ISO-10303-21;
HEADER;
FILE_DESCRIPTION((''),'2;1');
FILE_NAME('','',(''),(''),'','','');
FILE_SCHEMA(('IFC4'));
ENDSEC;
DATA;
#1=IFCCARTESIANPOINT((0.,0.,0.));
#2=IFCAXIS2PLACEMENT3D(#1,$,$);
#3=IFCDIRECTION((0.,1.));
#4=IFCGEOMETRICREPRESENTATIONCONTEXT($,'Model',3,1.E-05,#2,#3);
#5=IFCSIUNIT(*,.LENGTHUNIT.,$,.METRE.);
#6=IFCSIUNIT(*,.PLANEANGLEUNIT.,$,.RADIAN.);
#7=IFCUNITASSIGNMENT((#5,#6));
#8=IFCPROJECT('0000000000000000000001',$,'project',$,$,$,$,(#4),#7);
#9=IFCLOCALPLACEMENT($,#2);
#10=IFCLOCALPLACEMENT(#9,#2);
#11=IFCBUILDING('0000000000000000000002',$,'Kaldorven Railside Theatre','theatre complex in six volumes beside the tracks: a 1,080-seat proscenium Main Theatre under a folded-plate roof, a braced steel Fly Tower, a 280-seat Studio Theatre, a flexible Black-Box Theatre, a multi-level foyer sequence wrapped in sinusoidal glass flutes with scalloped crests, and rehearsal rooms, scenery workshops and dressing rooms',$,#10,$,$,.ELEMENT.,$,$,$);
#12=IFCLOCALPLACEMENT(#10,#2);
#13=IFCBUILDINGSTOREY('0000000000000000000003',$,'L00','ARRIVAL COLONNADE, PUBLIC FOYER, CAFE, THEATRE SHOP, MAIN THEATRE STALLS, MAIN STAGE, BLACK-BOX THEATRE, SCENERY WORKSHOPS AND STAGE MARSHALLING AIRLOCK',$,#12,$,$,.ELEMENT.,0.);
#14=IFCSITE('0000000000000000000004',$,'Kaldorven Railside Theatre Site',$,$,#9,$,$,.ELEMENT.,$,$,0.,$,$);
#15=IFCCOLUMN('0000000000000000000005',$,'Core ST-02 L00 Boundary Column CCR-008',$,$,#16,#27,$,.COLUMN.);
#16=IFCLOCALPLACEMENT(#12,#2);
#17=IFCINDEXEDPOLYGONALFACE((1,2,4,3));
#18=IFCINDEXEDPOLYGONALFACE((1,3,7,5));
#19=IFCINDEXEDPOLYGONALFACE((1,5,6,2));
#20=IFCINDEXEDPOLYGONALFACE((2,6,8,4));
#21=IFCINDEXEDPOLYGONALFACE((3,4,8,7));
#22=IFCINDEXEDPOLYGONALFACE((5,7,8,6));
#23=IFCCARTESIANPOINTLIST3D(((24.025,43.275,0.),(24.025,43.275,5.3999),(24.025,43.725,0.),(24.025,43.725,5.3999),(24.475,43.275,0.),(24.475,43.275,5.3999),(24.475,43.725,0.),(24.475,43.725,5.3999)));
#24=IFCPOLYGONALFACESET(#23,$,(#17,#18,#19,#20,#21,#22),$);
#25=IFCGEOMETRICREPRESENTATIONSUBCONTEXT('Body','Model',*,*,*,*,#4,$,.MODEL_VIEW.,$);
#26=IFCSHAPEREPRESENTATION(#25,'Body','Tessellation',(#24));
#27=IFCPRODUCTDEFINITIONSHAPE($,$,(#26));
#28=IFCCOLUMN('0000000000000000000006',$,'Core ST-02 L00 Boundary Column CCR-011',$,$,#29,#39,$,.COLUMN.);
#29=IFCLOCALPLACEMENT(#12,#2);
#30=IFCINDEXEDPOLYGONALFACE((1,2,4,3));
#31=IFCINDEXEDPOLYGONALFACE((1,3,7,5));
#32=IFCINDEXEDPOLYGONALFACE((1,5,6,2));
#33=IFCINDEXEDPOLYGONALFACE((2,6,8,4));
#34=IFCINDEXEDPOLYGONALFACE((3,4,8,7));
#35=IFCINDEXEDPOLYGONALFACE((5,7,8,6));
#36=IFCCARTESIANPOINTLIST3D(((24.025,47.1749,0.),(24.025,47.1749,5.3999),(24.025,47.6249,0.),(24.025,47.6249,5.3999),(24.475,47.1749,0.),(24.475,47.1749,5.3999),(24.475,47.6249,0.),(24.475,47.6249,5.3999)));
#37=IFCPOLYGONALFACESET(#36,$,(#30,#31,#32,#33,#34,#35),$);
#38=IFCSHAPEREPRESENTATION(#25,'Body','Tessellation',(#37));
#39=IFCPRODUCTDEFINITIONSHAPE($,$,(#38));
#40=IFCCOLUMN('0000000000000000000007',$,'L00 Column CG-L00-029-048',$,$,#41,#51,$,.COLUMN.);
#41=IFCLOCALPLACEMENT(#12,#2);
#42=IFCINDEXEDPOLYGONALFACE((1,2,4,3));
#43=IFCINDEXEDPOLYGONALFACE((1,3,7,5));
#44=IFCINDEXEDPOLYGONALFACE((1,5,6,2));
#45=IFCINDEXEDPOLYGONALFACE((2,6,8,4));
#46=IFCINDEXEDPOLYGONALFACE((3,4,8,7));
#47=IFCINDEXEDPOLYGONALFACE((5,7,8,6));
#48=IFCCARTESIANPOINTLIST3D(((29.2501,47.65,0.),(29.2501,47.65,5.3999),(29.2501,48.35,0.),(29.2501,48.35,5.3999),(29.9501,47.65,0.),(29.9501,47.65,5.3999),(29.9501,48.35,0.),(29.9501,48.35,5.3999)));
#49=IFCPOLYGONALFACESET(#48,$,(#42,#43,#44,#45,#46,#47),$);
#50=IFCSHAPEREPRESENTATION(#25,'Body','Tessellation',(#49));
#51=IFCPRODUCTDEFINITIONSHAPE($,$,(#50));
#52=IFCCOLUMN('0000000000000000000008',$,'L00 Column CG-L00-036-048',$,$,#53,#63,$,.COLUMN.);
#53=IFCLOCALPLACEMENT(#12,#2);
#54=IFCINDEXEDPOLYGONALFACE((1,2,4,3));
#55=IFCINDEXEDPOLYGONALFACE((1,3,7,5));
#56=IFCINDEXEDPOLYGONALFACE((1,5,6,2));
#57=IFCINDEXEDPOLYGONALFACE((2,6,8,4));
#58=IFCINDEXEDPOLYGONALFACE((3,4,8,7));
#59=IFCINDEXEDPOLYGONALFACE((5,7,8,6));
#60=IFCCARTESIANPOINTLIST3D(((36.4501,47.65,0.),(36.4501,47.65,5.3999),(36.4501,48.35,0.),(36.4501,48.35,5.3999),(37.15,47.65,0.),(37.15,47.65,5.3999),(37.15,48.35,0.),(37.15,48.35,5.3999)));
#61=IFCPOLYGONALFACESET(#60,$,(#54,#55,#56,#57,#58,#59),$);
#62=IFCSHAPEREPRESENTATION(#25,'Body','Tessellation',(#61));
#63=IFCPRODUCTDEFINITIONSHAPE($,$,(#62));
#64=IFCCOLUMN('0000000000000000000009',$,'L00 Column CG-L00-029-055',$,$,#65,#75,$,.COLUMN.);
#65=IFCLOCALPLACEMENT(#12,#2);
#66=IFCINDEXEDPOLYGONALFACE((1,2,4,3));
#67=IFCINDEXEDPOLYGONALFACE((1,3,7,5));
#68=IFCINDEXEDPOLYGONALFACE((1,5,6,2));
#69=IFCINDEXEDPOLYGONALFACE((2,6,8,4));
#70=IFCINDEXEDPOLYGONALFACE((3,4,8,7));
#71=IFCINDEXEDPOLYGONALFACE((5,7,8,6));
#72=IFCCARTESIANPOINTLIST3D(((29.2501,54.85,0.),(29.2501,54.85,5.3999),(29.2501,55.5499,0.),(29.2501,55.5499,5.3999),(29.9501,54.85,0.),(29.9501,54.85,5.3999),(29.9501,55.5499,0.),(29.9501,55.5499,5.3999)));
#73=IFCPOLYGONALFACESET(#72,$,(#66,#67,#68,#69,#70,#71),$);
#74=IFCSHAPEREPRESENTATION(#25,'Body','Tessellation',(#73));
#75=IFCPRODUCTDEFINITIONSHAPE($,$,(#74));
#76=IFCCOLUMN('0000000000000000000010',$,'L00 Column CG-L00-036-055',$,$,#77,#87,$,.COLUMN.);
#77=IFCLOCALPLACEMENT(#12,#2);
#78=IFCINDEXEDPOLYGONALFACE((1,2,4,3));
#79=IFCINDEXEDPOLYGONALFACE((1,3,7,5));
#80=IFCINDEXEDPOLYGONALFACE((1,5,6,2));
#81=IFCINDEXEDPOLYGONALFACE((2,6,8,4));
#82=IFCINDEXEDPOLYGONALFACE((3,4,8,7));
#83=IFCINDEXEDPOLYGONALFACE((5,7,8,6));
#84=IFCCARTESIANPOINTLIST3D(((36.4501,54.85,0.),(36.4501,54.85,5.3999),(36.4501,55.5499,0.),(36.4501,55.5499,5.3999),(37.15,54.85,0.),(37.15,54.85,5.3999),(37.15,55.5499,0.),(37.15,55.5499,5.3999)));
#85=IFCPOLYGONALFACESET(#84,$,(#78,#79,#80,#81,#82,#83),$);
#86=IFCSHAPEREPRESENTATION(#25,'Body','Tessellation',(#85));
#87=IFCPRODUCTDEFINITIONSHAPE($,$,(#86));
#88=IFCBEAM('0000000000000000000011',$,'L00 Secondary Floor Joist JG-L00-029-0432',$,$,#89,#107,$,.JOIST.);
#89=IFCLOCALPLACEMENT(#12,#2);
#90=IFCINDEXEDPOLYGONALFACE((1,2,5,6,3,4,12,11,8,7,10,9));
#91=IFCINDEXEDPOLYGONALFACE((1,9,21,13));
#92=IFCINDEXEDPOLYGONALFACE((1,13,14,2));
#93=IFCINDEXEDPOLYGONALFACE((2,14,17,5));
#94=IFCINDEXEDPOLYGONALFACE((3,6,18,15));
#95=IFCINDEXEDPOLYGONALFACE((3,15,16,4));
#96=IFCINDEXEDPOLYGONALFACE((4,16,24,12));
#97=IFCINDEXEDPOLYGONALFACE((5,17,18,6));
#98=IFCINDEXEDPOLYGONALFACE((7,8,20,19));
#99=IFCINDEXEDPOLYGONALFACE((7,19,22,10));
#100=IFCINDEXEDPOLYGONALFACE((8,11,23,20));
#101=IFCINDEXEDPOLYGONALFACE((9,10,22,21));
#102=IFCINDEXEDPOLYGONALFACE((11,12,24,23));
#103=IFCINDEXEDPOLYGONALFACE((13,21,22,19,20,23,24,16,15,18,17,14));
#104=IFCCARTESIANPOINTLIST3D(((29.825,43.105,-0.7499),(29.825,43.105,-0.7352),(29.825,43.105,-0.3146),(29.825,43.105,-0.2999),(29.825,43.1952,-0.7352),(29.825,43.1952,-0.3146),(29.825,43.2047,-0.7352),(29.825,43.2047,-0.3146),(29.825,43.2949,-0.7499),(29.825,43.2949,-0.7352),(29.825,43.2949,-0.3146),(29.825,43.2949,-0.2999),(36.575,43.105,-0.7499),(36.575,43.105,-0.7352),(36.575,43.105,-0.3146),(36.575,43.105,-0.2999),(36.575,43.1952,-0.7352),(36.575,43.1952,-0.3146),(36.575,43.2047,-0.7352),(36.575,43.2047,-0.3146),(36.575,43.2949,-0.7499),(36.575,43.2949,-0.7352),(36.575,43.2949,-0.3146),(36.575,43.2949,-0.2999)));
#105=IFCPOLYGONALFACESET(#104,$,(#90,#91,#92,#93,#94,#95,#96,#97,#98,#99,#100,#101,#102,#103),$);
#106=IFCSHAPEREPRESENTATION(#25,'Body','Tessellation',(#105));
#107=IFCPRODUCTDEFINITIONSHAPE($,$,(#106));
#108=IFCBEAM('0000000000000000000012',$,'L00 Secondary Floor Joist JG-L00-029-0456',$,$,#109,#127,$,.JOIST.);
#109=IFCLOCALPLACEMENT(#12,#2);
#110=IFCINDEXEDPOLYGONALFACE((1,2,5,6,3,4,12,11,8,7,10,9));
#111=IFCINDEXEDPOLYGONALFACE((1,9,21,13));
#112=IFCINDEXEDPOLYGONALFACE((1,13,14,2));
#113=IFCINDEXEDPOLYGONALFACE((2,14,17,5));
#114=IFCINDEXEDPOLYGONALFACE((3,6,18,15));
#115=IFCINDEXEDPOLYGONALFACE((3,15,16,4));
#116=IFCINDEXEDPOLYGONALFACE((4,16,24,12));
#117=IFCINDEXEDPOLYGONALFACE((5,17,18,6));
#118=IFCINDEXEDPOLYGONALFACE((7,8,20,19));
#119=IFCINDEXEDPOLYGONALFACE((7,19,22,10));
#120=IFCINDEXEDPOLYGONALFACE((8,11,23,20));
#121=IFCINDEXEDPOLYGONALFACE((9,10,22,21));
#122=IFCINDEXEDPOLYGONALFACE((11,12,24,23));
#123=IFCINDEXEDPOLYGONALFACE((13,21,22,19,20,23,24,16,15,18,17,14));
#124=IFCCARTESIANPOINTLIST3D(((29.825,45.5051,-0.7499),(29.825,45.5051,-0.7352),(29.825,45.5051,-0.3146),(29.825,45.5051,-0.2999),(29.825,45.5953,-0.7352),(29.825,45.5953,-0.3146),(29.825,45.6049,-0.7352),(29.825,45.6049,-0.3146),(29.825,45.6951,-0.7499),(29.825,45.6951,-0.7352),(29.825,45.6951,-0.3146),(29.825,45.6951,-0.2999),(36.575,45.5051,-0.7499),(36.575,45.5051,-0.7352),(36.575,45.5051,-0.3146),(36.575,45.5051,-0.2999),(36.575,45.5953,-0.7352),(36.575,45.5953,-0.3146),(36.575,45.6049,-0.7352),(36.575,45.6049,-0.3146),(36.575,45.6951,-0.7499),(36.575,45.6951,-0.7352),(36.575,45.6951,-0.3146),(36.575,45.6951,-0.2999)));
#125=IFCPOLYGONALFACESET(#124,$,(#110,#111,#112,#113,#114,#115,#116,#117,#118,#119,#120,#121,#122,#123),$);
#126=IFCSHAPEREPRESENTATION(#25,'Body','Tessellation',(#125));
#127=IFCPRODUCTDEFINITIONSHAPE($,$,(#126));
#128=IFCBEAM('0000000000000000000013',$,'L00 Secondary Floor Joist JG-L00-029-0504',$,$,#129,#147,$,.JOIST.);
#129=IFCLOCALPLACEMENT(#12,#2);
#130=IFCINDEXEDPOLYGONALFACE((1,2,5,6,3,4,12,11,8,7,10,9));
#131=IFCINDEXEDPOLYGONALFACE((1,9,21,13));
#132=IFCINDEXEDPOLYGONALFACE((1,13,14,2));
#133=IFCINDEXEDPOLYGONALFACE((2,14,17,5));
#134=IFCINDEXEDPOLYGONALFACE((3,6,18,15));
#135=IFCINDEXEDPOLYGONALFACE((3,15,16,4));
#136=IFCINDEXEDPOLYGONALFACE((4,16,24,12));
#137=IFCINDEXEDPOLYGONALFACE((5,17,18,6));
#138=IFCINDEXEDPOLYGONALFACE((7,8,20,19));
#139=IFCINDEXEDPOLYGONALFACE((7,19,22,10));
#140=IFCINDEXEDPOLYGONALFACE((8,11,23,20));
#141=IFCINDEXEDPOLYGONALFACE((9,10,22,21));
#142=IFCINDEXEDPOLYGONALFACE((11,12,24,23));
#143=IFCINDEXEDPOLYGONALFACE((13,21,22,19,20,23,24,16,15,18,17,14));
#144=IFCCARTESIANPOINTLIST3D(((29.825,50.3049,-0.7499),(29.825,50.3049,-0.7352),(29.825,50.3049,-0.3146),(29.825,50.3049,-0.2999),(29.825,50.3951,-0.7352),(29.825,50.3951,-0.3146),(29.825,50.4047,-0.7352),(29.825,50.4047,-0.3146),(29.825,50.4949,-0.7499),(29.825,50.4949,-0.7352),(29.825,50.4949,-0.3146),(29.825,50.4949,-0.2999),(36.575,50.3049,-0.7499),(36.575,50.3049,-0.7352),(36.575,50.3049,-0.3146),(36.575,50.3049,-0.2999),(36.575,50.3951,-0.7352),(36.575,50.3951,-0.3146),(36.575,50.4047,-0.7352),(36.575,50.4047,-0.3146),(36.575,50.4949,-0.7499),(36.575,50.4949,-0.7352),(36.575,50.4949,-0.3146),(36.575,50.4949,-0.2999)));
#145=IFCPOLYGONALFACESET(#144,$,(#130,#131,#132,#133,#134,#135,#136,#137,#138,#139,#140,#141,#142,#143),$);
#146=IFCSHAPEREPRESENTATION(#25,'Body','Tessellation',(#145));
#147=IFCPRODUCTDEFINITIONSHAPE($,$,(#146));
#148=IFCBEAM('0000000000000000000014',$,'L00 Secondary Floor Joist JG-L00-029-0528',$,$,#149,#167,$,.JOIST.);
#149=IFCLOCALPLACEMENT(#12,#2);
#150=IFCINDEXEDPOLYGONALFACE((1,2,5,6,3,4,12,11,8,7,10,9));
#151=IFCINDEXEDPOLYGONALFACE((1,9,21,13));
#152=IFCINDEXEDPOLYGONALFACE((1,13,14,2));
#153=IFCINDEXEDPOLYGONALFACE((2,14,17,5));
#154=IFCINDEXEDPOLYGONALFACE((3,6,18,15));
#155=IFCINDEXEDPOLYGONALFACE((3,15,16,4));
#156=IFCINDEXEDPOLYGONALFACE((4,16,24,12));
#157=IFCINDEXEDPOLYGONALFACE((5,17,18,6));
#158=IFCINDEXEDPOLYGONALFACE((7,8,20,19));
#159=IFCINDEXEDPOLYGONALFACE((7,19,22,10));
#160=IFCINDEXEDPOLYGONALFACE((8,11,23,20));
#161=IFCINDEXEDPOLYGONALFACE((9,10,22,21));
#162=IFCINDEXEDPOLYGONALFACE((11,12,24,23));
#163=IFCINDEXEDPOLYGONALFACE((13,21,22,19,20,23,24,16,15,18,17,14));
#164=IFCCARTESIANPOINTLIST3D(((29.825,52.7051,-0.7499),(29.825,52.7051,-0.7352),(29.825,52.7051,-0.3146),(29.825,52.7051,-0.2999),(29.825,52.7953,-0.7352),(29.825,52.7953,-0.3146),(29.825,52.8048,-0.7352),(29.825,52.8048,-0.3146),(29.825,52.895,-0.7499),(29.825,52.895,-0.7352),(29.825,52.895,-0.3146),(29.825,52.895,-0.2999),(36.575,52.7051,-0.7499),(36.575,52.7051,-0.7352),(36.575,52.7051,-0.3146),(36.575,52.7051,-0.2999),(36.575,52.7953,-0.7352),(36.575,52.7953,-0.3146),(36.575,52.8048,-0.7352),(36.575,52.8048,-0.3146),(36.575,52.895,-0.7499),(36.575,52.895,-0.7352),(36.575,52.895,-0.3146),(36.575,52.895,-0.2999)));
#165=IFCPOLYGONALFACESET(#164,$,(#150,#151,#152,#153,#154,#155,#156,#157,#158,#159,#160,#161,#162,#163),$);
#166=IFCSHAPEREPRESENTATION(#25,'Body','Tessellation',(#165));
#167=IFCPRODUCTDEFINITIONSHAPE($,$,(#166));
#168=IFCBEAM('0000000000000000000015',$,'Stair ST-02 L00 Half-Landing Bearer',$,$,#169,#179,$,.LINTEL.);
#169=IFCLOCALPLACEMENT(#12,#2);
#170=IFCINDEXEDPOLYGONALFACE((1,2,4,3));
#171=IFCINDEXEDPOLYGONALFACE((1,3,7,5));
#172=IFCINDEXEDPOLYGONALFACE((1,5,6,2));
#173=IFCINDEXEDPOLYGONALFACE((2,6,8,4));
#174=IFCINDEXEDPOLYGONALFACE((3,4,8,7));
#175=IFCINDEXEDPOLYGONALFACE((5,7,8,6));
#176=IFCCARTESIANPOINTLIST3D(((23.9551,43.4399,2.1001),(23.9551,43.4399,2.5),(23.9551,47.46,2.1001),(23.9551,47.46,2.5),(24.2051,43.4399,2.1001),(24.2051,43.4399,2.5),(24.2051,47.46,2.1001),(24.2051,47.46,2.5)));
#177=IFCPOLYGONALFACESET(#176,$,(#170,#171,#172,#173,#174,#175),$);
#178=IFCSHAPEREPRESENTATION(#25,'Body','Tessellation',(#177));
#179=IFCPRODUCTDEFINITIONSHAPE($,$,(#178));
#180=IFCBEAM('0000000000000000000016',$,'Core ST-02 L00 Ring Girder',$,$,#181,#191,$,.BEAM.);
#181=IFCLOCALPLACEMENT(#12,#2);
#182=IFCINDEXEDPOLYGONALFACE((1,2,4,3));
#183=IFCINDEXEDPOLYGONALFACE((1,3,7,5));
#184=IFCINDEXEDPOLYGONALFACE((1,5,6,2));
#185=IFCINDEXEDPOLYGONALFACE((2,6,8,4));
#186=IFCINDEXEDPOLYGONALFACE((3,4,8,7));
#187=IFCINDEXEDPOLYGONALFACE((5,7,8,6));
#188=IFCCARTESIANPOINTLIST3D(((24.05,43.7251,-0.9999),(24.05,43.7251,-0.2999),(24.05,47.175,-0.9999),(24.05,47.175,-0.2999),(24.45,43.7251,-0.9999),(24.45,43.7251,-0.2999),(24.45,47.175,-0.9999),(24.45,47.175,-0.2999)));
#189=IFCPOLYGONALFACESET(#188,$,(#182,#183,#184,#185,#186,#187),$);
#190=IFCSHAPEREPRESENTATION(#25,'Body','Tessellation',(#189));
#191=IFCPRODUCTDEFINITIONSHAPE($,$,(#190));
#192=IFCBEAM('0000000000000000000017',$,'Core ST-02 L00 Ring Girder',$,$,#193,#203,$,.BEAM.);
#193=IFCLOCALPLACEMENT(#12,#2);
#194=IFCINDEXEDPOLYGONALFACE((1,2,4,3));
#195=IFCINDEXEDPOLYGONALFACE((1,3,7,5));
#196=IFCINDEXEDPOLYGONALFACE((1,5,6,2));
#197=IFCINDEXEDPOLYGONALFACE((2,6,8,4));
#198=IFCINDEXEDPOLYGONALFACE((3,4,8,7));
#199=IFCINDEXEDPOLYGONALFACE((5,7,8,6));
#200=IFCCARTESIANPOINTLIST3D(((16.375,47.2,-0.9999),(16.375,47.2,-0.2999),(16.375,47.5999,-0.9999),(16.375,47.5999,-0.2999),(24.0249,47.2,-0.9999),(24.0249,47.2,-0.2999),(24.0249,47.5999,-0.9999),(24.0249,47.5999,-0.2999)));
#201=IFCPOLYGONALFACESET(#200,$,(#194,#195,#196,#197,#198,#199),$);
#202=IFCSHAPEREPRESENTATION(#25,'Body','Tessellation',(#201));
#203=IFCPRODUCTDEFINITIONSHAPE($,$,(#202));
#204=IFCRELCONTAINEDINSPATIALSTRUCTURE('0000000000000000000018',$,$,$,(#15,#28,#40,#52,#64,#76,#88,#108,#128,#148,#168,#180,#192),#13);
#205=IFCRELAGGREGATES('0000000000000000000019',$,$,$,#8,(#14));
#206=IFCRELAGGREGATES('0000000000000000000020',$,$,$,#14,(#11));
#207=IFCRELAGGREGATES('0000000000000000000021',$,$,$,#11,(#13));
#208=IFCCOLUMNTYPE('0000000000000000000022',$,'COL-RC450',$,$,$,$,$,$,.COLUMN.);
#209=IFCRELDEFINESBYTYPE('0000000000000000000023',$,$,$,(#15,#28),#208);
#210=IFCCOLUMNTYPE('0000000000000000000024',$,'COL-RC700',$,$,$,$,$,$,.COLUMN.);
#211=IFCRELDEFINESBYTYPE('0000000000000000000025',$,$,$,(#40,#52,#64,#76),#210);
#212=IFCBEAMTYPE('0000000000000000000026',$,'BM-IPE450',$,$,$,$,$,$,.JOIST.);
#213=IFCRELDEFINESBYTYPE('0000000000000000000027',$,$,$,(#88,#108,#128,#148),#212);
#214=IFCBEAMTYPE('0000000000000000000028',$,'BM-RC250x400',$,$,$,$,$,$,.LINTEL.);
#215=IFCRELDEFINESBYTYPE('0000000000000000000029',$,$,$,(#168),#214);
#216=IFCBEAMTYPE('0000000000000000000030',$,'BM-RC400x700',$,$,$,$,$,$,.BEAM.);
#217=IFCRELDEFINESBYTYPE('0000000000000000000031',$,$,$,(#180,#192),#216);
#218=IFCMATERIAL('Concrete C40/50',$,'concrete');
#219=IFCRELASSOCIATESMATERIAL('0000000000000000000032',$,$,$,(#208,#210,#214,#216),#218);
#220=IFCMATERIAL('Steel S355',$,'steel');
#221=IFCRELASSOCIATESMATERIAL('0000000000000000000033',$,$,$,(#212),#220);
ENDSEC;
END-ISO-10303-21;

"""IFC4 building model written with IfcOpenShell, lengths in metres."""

from ifc_helpers import new_model, si_unit, direction, frame, origin, origin_2d, place, context, subcontext, project, spatial, rectangle, i_section, extrude, material, material_profile, profile_set, type_object, element, save


model = new_model("IFC4")

# Units and contexts
model_context = context("Model", 3, precision=1e-05, world=origin(), true_north=direction((0.0, 1.0)))
body_context = subcontext(model_context, "Body", "Model", "MODEL_VIEW")
ifc_project = project(units=[si_unit("LENGTHUNIT", "METRE"), si_unit("PLANEANGLEUNIT", "RADIAN")], contexts=[model_context])

# Site, building, storey
site_placement = place(None, origin())
site = spatial("IfcSite", under=ifc_project, at=site_placement, Name="Kaldorven Railside Theatre Site", CompositionType="ELEMENT", RefElevation=0.0)
building_placement = place(site_placement, origin())
building = spatial("IfcBuilding", under=site, at=building_placement, Name="Kaldorven Railside Theatre", Description="theatre complex in six volumes beside the tracks: a 1,080-seat proscenium Main Theatre under a folded-plate roof, a braced steel Fly Tower, a 280-seat Studio Theatre, a flexible Black-Box Theatre, a multi-level foyer sequence wrapped in sinusoidal glass flutes with scalloped crests, and rehearsal rooms, scenery workshops and dressing rooms", CompositionType="ELEMENT")
storey_placement = place(building_placement, origin())
storey = spatial("IfcBuildingStorey", under=building, at=storey_placement, Name="L00", Description="ARRIVAL COLONNADE, PUBLIC FOYER, CAFE, THEATRE SHOP, MAIN THEATRE STALLS, MAIN STAGE, BLACK-BOX THEATRE, SCENERY WORKSHOPS AND STAGE MARSHALLING AIRLOCK", CompositionType="ELEMENT", Elevation=0.0)

# Columns
ifc_material_1 = material(Name="Concrete C40/50", Category="concrete")
ifc_material_profile_1 = material_profile(ifc_material_1, rectangle(XDim=0.45, YDim=0.45, at=origin_2d()), Name="RC 450x450")
ifc_profile_set_1 = profile_set([ifc_material_profile_1], Name="Concrete C40/50")
column_type_1 = type_object("IfcColumnType", Name="COL-RC450", PredefinedType="COLUMN", material=ifc_profile_set_1)
for number, where, z_axis, x_axis, name in (
    (1, (24.25, 43.5, 0.0), (0.0, 0.0, 1.0), (1.0, 0.0, 0.0), "Core ST-02 L00 Boundary Column CCR-008"),
    (2, (24.25, 47.3999, 0.0), (0.0, 0.0, 1.0), (1.0, 0.0, 0.0), "Core ST-02 L00 Boundary Column CCR-011"),
):
    element("IfcColumn", number, at=place(storey_placement, frame(where, z_axis=z_axis, x_axis=x_axis)), inside=storey, type_object=column_type_1, Name=name, PredefinedType="COLUMN", context=body_context, shape_type="SweptSolid", body=[
        extrude(rectangle(XDim=0.45, YDim=0.45, at=origin_2d()), origin(), (0.0, 0.0, 1.0), 5.3999),
    ])
ifc_material_profile_2 = material_profile(ifc_material_1, rectangle(XDim=0.7, YDim=0.7, at=origin_2d()), Name="RC 700x700")
ifc_profile_set_2 = profile_set([ifc_material_profile_2], Name="Concrete C40/50")
column_type_2 = type_object("IfcColumnType", Name="COL-RC700", PredefinedType="COLUMN", material=ifc_profile_set_2)
for number, where, z_axis, x_axis, name in (
    (3, (29.6001, 48.0, 0.0), (0.0, 0.0, 1.0), (0.0, 1.0, 0.0), "L00 Column CG-L00-029-048"),
    (4, (36.8, 48.0, 0.0), (0.0, 0.0, 1.0), (1.0, 0.0, 0.0), "L00 Column CG-L00-036-048"),
    (5, (29.6001, 55.2, 0.0), (0.0, 0.0, 1.0), (1.0, 0.0, 0.0), "L00 Column CG-L00-029-055"),
    (6, (36.8, 55.2, 0.0), (0.0, 0.0, 1.0), (1.0, 0.0, 0.0), "L00 Column CG-L00-036-055"),
):
    element("IfcColumn", number, at=place(storey_placement, frame(where, z_axis=z_axis, x_axis=x_axis)), inside=storey, type_object=column_type_2, Name=name, PredefinedType="COLUMN", context=body_context, shape_type="SweptSolid", body=[
        extrude(rectangle(XDim=0.7, YDim=0.7, at=origin_2d()), origin(), (0.0, 0.0, 1.0), 5.3999),
    ])

# Beams
ifc_material_2 = material(Name="Steel S355", Category="steel")
ifc_material_profile_3 = material_profile(ifc_material_2, i_section(OverallWidth=0.1899, OverallDepth=0.45, WebThickness=0.0095, FlangeThickness=0.0146, at=origin_2d()), Name="IPE 450")
ifc_profile_set_3 = profile_set([ifc_material_profile_3], Name="Steel S355")
beam_type_1 = type_object("IfcBeamType", Name="BM-IPE450", PredefinedType="JOIST", material=ifc_profile_set_3)
for number, where, z_axis, x_axis, name in (
    (7, (29.825, 43.2, -0.5249), (1.0, 0.0, 0.0), (0.0, 1.0, 0.0), "L00 Secondary Floor Joist JG-L00-029-0432"),
    (8, (29.825, 45.6001, -0.5249), (1.0, 0.0, 0.0), (0.0, 1.0, 0.0), "L00 Secondary Floor Joist JG-L00-029-0456"),
    (9, (29.825, 50.3999, -0.5249), (1.0, 0.0, 0.0), (0.0, 1.0, 0.0), "L00 Secondary Floor Joist JG-L00-029-0504"),
    (10, (29.825, 52.8, -0.5249), (1.0, 0.0, 0.0), (0.0, 1.0, 0.0), "L00 Secondary Floor Joist JG-L00-029-0528"),
):
    element("IfcBeam", number, at=place(storey_placement, frame(where, z_axis=z_axis, x_axis=x_axis)), inside=storey, type_object=beam_type_1, Name=name, PredefinedType="JOIST", context=body_context, shape_type="SweptSolid", body=[
        extrude(i_section(OverallWidth=0.1899, OverallDepth=0.45, WebThickness=0.0095, FlangeThickness=0.0146, at=origin_2d()), origin(), (0.0, 0.0, 1.0), 6.75),
    ])
ifc_material_profile_4 = material_profile(ifc_material_1, rectangle(XDim=0.25, YDim=0.3999, at=origin_2d()), Name="RC 250x400")
ifc_profile_set_4 = profile_set([ifc_material_profile_4], Name="Concrete C40/50")
beam_type_2 = type_object("IfcBeamType", Name="BM-RC250x400", PredefinedType="LINTEL", material=ifc_profile_set_4)
beam_1_placement = place(storey_placement, frame((24.0801, 43.4399, 2.3), z_axis=(0.0, 1.0, 0.0), x_axis=(-1.0, 0.0, 0.0)))
element("IfcBeam", 11, at=beam_1_placement, inside=storey, type_object=beam_type_2, Name="Stair ST-02 L00 Half-Landing Bearer", PredefinedType="LINTEL", context=body_context, shape_type="SweptSolid", body=[
    extrude(rectangle(XDim=0.25, YDim=0.3999, at=origin_2d()), origin(), (0.0, 0.0, 1.0), 4.02),
])
ifc_material_profile_5 = material_profile(ifc_material_1, rectangle(XDim=0.3999, YDim=0.7, at=origin_2d()), Name="RC 400x700")
ifc_profile_set_5 = profile_set([ifc_material_profile_5], Name="Concrete C40/50")
beam_type_3 = type_object("IfcBeamType", Name="BM-RC400x700", PredefinedType="BEAM", material=ifc_profile_set_5)
beam_2_placement = place(storey_placement, frame((24.25, 43.7251, -0.6499), z_axis=(0.0, 1.0, 0.0), x_axis=(-1.0, 0.0, 0.0)))
element("IfcBeam", 12, at=beam_2_placement, inside=storey, type_object=beam_type_3, Name="Core ST-02 L00 Ring Girder", PredefinedType="BEAM", context=body_context, shape_type="SweptSolid", body=[
    extrude(rectangle(XDim=0.3999, YDim=0.7, at=origin_2d()), origin(), (0.0, 0.0, 1.0), 3.45),
])
beam_3_placement = place(storey_placement, frame((24.0249, 47.3999, -0.6499), z_axis=(-1.0, 0.0, 0.0), x_axis=(0.0, -1.0, 0.0)))
element("IfcBeam", 13, at=beam_3_placement, inside=storey, type_object=beam_type_3, Name="Core ST-02 L00 Ring Girder", PredefinedType="BEAM", context=body_context, shape_type="SweptSolid", body=[
    extrude(rectangle(XDim=0.3999, YDim=0.7, at=origin_2d()), origin(), (0.0, 0.0, 1.0), 7.6499),
])

save(model, "model.ifc")
